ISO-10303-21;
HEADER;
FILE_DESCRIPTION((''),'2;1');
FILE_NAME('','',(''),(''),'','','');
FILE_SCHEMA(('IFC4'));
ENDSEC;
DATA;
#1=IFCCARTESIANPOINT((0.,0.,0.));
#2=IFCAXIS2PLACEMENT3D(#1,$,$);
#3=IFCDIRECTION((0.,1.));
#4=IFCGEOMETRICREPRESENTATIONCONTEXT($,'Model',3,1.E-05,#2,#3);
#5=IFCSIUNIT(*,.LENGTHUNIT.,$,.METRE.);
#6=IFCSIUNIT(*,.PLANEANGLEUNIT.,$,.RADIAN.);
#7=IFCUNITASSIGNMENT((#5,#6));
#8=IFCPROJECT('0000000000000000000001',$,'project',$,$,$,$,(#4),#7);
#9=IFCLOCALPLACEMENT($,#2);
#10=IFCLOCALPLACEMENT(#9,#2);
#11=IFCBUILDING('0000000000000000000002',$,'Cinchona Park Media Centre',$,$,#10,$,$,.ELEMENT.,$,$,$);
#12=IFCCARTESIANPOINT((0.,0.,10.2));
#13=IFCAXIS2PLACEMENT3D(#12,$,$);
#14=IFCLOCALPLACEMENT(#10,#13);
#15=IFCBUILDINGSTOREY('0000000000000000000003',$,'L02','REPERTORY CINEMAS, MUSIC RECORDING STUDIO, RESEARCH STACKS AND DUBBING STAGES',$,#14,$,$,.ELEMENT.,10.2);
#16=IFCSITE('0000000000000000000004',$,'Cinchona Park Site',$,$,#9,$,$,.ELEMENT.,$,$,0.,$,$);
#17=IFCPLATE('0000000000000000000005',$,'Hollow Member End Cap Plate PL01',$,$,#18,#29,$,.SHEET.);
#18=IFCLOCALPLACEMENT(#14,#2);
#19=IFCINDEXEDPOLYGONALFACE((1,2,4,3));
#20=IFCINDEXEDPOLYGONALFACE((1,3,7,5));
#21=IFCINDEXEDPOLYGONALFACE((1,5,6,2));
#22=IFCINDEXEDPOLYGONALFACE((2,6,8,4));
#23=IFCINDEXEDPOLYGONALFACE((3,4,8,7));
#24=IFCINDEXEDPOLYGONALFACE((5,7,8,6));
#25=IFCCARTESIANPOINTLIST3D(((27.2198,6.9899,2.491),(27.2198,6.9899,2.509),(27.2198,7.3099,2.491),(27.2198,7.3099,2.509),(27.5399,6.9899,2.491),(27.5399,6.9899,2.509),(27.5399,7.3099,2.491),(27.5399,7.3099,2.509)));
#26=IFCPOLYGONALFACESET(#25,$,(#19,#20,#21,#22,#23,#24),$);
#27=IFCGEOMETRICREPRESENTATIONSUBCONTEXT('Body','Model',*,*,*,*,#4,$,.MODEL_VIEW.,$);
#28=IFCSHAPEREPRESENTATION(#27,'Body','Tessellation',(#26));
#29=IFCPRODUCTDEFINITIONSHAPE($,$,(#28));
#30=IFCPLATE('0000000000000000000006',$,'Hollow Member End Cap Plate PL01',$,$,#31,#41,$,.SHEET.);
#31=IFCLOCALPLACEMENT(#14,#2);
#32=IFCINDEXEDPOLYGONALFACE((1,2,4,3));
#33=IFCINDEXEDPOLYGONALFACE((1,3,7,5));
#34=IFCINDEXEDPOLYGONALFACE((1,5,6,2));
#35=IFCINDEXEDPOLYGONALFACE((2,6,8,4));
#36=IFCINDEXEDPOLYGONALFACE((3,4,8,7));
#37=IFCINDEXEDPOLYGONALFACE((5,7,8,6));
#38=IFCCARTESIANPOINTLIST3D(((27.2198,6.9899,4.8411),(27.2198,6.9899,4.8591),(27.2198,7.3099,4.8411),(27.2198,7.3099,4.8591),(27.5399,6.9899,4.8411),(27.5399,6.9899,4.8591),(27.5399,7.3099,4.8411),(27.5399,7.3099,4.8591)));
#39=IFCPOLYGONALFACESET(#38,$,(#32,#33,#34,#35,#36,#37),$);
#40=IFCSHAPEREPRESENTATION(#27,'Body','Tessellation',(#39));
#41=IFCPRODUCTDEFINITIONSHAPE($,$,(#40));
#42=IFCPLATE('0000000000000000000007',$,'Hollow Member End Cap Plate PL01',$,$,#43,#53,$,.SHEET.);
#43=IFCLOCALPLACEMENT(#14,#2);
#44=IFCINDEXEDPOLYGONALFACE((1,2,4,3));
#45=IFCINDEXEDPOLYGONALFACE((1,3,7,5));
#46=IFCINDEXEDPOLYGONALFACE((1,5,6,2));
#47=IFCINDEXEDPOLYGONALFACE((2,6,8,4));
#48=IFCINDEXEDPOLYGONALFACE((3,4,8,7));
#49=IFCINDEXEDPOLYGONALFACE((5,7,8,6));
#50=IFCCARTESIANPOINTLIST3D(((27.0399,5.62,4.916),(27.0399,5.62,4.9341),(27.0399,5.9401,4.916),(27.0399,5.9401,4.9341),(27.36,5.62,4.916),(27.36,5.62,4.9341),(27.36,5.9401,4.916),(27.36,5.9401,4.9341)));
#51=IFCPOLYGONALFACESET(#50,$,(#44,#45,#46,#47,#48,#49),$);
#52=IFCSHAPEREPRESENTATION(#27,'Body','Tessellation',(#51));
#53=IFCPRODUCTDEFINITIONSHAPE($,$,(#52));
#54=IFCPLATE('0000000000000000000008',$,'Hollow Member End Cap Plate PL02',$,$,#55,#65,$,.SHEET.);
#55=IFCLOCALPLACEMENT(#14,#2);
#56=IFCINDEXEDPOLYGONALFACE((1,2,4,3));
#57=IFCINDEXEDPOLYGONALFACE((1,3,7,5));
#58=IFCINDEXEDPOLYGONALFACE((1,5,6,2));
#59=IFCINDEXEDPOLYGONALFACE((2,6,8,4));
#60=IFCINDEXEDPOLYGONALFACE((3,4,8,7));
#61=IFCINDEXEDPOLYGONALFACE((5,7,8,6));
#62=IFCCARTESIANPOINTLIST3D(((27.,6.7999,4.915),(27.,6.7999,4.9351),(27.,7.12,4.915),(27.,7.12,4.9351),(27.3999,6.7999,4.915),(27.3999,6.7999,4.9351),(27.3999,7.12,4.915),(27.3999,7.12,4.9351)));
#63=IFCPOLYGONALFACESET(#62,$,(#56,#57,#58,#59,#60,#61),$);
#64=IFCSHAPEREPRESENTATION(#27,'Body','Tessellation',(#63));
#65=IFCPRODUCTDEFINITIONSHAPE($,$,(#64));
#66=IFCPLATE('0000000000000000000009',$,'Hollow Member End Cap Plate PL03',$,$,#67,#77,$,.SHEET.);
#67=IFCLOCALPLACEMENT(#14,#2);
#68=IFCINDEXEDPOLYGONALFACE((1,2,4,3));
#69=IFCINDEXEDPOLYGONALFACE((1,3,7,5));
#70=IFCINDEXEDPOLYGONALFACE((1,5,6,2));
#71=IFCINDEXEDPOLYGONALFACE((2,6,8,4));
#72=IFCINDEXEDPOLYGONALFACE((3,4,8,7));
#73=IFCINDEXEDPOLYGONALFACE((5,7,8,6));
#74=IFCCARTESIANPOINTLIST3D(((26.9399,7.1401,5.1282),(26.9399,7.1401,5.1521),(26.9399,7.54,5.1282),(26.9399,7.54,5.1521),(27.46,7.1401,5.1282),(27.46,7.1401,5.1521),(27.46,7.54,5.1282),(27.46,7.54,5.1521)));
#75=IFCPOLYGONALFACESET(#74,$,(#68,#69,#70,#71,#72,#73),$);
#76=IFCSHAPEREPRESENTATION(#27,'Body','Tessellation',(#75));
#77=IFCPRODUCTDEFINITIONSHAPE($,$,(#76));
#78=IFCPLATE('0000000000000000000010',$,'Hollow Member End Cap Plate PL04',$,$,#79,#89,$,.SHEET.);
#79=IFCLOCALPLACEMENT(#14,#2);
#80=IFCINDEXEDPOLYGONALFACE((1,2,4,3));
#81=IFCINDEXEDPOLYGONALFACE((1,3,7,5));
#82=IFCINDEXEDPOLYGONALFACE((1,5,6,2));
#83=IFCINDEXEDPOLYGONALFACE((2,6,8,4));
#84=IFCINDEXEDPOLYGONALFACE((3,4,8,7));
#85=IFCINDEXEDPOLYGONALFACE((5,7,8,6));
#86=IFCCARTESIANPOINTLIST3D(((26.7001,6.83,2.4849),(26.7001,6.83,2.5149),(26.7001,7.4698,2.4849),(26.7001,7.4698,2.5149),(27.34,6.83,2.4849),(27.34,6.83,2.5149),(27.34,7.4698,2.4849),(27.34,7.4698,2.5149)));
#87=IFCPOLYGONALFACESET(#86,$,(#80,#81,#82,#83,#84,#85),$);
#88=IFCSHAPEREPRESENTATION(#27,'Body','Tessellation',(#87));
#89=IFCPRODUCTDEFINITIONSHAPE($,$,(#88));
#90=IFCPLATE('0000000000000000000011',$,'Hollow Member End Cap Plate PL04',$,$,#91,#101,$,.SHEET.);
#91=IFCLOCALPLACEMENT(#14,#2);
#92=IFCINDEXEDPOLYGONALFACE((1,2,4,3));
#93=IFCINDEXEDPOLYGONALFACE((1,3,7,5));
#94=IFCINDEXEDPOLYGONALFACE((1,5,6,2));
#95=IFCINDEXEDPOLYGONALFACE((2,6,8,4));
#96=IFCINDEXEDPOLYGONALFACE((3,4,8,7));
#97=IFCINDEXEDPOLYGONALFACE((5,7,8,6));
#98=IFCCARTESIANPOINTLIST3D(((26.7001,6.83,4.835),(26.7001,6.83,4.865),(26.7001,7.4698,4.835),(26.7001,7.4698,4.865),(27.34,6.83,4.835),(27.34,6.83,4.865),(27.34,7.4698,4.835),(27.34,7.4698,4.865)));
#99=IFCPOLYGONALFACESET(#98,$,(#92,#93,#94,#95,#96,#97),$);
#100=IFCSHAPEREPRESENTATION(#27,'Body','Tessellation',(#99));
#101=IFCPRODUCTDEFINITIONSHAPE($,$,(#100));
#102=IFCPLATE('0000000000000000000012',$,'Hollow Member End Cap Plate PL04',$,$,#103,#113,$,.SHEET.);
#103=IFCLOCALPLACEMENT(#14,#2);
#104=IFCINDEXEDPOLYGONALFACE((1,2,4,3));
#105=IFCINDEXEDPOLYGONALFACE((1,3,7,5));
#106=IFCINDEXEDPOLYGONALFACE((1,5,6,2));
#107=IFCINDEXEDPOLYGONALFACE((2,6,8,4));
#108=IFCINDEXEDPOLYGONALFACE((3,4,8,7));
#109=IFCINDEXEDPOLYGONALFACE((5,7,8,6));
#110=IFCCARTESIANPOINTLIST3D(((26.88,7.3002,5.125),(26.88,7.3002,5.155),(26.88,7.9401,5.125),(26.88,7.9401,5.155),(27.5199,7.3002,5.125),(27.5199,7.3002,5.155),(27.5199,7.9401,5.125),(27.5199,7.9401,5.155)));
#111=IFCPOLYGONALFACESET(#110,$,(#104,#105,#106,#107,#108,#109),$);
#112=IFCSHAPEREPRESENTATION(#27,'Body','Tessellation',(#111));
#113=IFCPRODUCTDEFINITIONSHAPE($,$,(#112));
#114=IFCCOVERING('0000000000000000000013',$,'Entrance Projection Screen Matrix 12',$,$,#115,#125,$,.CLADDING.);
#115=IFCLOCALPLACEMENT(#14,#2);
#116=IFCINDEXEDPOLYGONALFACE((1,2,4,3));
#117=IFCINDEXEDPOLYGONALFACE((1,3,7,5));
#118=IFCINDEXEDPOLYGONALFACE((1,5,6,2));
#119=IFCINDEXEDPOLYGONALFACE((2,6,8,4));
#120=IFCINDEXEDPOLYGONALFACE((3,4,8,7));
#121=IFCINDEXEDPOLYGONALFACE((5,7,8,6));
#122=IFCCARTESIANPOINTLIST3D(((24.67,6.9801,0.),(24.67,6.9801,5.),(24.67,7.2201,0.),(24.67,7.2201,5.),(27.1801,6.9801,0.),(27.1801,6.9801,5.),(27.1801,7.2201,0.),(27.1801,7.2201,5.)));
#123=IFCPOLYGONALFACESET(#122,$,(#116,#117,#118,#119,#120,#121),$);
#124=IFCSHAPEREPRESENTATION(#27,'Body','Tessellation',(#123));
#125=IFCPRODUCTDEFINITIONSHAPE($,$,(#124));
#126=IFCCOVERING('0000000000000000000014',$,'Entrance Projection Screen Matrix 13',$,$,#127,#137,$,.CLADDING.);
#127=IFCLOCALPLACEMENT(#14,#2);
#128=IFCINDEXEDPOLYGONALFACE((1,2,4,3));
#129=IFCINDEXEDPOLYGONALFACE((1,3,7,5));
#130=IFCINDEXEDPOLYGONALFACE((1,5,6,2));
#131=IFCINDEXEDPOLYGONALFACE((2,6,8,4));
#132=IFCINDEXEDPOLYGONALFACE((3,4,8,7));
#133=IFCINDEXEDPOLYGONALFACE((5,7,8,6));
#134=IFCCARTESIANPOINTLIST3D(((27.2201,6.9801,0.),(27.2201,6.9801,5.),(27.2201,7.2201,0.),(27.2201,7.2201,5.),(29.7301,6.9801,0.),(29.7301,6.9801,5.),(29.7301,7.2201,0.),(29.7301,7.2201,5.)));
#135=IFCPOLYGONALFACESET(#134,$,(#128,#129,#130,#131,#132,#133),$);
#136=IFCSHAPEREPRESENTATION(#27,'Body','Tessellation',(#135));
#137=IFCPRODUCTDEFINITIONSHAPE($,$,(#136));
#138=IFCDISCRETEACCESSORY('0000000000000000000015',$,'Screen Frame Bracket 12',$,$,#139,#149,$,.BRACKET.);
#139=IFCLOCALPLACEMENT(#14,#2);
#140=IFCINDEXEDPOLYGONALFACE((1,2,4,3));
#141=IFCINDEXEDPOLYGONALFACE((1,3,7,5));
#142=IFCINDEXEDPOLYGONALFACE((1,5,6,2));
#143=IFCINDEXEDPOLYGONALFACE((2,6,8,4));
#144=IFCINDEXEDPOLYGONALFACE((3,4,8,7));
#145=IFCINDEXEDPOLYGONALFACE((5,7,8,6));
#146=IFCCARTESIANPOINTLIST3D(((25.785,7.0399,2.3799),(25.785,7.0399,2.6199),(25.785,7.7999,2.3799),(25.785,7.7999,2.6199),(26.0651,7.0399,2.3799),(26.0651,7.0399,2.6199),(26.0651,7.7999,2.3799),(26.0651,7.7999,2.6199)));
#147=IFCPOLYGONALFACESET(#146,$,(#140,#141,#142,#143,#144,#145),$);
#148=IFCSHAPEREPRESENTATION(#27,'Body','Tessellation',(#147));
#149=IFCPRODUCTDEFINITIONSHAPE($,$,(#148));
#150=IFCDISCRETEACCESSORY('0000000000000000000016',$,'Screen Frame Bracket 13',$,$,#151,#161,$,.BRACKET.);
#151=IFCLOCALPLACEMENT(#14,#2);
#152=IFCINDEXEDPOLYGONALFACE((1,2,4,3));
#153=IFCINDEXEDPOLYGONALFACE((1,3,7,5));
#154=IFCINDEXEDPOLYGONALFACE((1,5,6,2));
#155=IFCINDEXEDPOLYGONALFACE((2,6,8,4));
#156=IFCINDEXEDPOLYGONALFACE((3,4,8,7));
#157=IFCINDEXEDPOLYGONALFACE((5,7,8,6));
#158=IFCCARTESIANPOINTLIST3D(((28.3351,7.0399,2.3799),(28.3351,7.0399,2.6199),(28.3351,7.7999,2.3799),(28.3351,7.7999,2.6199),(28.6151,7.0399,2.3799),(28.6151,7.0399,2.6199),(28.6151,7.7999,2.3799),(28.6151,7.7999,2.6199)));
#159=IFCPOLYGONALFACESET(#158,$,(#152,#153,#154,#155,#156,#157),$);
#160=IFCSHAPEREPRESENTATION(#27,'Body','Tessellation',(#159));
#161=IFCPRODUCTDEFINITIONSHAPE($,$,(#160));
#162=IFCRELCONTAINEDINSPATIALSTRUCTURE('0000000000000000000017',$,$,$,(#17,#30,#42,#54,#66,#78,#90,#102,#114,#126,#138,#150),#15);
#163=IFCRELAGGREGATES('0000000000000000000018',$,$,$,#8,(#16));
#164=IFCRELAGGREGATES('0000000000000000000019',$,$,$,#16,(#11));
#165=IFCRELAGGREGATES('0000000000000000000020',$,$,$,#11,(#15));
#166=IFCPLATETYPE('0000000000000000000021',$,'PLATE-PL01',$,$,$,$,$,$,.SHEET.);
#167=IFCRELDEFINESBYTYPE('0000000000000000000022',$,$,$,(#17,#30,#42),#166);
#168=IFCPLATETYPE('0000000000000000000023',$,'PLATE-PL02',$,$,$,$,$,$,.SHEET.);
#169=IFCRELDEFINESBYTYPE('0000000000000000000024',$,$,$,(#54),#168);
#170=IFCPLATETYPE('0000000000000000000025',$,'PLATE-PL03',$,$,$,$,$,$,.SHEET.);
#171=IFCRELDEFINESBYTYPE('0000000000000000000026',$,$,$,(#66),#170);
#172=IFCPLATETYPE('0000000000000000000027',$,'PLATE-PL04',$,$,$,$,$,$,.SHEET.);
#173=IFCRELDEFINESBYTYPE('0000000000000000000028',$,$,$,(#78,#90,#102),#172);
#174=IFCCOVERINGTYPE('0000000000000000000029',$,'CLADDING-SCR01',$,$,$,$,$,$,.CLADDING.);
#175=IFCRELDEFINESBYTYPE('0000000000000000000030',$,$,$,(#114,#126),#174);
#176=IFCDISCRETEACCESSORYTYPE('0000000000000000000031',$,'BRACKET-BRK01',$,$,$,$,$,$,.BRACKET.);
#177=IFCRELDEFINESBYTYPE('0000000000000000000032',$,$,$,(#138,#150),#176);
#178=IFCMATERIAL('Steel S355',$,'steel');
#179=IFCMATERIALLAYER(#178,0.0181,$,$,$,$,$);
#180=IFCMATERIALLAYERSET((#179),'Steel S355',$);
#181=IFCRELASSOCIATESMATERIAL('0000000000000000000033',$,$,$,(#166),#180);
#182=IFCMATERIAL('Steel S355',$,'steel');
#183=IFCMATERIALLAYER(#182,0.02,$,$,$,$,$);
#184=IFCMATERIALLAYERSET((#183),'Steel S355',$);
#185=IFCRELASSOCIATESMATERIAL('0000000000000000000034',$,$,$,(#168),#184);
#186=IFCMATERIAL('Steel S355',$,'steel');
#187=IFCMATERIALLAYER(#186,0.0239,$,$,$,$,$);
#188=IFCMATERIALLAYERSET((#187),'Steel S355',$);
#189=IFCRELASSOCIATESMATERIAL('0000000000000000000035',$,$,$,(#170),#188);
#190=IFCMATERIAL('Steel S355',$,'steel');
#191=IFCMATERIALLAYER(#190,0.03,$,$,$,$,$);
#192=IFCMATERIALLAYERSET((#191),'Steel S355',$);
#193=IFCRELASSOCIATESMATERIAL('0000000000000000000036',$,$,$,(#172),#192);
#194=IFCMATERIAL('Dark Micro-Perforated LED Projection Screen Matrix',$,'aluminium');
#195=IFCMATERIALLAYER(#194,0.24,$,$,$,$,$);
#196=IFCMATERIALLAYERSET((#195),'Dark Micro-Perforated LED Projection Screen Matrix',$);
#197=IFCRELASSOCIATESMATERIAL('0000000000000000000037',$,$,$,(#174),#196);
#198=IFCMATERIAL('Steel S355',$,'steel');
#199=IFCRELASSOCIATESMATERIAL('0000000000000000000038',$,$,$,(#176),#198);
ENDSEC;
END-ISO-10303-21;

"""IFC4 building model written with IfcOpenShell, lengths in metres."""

from ifc_helpers import new_model, si_unit, direction, frame, origin, origin_2d, place, context, subcontext, project, spatial, rectangle, extrude, material, layer, layer_set, type_object, element, save


model = new_model("IFC4")

# Units and contexts
model_context = context("Model", 3, precision=1e-05, world=origin(), true_north=direction((0.0, 1.0)))
body_context = subcontext(model_context, "Body", "Model", "MODEL_VIEW")
ifc_project = project(units=[si_unit("LENGTHUNIT", "METRE"), si_unit("PLANEANGLEUNIT", "RADIAN")], contexts=[model_context])

# Site, building, storey
site_placement = place(None, origin())
site = spatial("IfcSite", under=ifc_project, at=site_placement, Name="Cinchona Park Site", CompositionType="ELEMENT", RefElevation=0.0)
building_placement = place(site_placement, origin())
building = spatial("IfcBuilding", under=site, at=building_placement, Name="Cinchona Park Media Centre", CompositionType="ELEMENT")
storey_placement = place(building_placement, frame((0.0, 0.0, 10.2)))
storey = spatial("IfcBuildingStorey", under=building, at=storey_placement, Name="L02", Description="REPERTORY CINEMAS, MUSIC RECORDING STUDIO, RESEARCH STACKS AND DUBBING STAGES", CompositionType="ELEMENT", Elevation=10.2)

# Plates
ifc_material_1 = material(Name="Steel S355", Category="steel")
ifc_layer_1 = layer(ifc_material_1, 0.0181)
ifc_layer_set_1 = layer_set([ifc_layer_1], Name="Steel S355")
plate_type_1 = type_object("IfcPlateType", Name="PLATE-PL01", PredefinedType="SHEET", material=ifc_layer_set_1)
for number, where, z_axis, x_axis, name in (
    (1, (27.3799, 7.1499, 2.491), (0.0, 0.0, 1.0), (1.0, 0.0, 0.0), "Hollow Member End Cap Plate PL01"),
    (2, (27.3799, 7.1499, 4.8411), (0.0, 0.0, 1.0), (1.0, 0.0, 0.0), "Hollow Member End Cap Plate PL01"),
    (3, (27.2, 5.78, 4.916), (0.0, 0.0, 1.0), (1.0, 0.0, 0.0), "Hollow Member End Cap Plate PL01"),
):
    element("IfcPlate", number, at=place(storey_placement, frame(where, z_axis=z_axis, x_axis=x_axis)), inside=storey, type_object=plate_type_1, Name=name, PredefinedType="SHEET", context=body_context, shape_type="SweptSolid", body=[
        extrude(rectangle(XDim=0.3201, YDim=0.3201, at=origin_2d()), origin(), (0.0, 0.0, 1.0), 0.0181),
    ])
ifc_material_2 = material(Name="Steel S355", Category="steel")
ifc_layer_2 = layer(ifc_material_2, 0.02)
ifc_layer_set_2 = layer_set([ifc_layer_2], Name="Steel S355")
plate_type_2 = type_object("IfcPlateType", Name="PLATE-PL02", PredefinedType="SHEET", material=ifc_layer_set_2)
plate_1_placement = place(storey_placement, frame((27.2, 6.96, 4.915), z_axis=(0.0, 0.0, 1.0), x_axis=(1.0, 0.0, 0.0)))
element("IfcPlate", 4, at=plate_1_placement, inside=storey, type_object=plate_type_2, Name="Hollow Member End Cap Plate PL02", PredefinedType="SHEET", context=body_context, shape_type="SweptSolid", body=[
    extrude(rectangle(XDim=0.3999, YDim=0.3201, at=origin_2d()), origin(), (0.0, 0.0, 1.0), 0.02),
])
ifc_material_3 = material(Name="Steel S355", Category="steel")
ifc_layer_3 = layer(ifc_material_3, 0.0239)
ifc_layer_set_3 = layer_set([ifc_layer_3], Name="Steel S355")
plate_type_3 = type_object("IfcPlateType", Name="PLATE-PL03", PredefinedType="SHEET", material=ifc_layer_set_3)
plate_2_placement = place(storey_placement, frame((27.2, 7.3401, 5.1282), z_axis=(0.0, 0.0, 1.0), x_axis=(1.0, 0.0, 0.0)))
element("IfcPlate", 5, at=plate_2_placement, inside=storey, type_object=plate_type_3, Name="Hollow Member End Cap Plate PL03", PredefinedType="SHEET", context=body_context, shape_type="SweptSolid", body=[
    extrude(rectangle(XDim=0.52, YDim=0.3999, at=origin_2d()), origin(), (0.0, 0.0, 1.0), 0.0239),
])
ifc_material_4 = material(Name="Steel S355", Category="steel")
ifc_layer_4 = layer(ifc_material_4, 0.03)
ifc_layer_set_4 = layer_set([ifc_layer_4], Name="Steel S355")
plate_type_4 = type_object("IfcPlateType", Name="PLATE-PL04", PredefinedType="SHEET", material=ifc_layer_set_4)
for number, where, z_axis, x_axis, name in (
    (6, (27.02, 7.1499, 2.4849), (0.0, 0.0, 1.0), (1.0, 0.0, 0.0), "Hollow Member End Cap Plate PL04"),
    (7, (27.02, 7.1499, 4.835), (0.0, 0.0, 1.0), (1.0, 0.0, 0.0), "Hollow Member End Cap Plate PL04"),
    (8, (27.2, 7.6201, 5.125), (0.0, 0.0, 1.0), (1.0, 0.0, 0.0), "Hollow Member End Cap Plate PL04"),
):
    element("IfcPlate", number, at=place(storey_placement, frame(where, z_axis=z_axis, x_axis=x_axis)), inside=storey, type_object=plate_type_4, Name=name, PredefinedType="SHEET", context=body_context, shape_type="SweptSolid", body=[
        extrude(rectangle(XDim=0.6399, YDim=0.6399, at=origin_2d()), origin(), (0.0, 0.0, 1.0), 0.03),
    ])

# Coverings
ifc_material_5 = material(Name="Dark Micro-Perforated LED Projection Screen Matrix", Category="aluminium")
ifc_layer_5 = layer(ifc_material_5, 0.24)
ifc_layer_set_5 = layer_set([ifc_layer_5], Name="Dark Micro-Perforated LED Projection Screen Matrix")
covering_type = type_object("IfcCoveringType", Name="CLADDING-SCR01", PredefinedType="CLADDING", material=ifc_layer_set_5)
for number, where, z_axis, x_axis, name in (
    (9, (25.925, 7.1001, 0.0), (0.0, 0.0, 1.0), (1.0, 0.0, 0.0), "Entrance Projection Screen Matrix 12"),
    (10, (28.4751, 7.1001, 0.0), (0.0, 0.0, 1.0), (1.0, 0.0, 0.0), "Entrance Projection Screen Matrix 13"),
):
    element("IfcCovering", number, at=place(storey_placement, frame(where, z_axis=z_axis, x_axis=x_axis)), inside=storey, type_object=covering_type, Name=name, PredefinedType="CLADDING", context=body_context, shape_type="SweptSolid", body=[
        extrude(rectangle(XDim=2.51, YDim=0.24, at=origin_2d()), origin(), (0.0, 0.0, 1.0), 5.0),
    ])

# Discrete accessories
ifc_material_6 = material(Name="Steel S355", Category="steel")
discrete_accessory_type = type_object("IfcDiscreteAccessoryType", Name="BRACKET-BRK01", PredefinedType="BRACKET", material=ifc_material_6)
for number, where, z_axis, x_axis, name in (
    (11, (25.925, 7.4199, 2.3799), (0.0, 0.0, 1.0), (1.0, 0.0, 0.0), "Screen Frame Bracket 12"),
    (12, (28.4751, 7.4199, 2.3799), (0.0, 0.0, 1.0), (1.0, 0.0, 0.0), "Screen Frame Bracket 13"),
):
    element("IfcDiscreteAccessory", number, at=place(storey_placement, frame(where, z_axis=z_axis, x_axis=x_axis)), inside=storey, type_object=discrete_accessory_type, Name=name, PredefinedType="BRACKET", context=body_context, shape_type="SweptSolid", body=[
        extrude(rectangle(XDim=0.28, YDim=0.76, at=origin_2d()), origin(), (0.0, 0.0, 1.0), 0.24),
    ])

save(model, "model.ifc")
